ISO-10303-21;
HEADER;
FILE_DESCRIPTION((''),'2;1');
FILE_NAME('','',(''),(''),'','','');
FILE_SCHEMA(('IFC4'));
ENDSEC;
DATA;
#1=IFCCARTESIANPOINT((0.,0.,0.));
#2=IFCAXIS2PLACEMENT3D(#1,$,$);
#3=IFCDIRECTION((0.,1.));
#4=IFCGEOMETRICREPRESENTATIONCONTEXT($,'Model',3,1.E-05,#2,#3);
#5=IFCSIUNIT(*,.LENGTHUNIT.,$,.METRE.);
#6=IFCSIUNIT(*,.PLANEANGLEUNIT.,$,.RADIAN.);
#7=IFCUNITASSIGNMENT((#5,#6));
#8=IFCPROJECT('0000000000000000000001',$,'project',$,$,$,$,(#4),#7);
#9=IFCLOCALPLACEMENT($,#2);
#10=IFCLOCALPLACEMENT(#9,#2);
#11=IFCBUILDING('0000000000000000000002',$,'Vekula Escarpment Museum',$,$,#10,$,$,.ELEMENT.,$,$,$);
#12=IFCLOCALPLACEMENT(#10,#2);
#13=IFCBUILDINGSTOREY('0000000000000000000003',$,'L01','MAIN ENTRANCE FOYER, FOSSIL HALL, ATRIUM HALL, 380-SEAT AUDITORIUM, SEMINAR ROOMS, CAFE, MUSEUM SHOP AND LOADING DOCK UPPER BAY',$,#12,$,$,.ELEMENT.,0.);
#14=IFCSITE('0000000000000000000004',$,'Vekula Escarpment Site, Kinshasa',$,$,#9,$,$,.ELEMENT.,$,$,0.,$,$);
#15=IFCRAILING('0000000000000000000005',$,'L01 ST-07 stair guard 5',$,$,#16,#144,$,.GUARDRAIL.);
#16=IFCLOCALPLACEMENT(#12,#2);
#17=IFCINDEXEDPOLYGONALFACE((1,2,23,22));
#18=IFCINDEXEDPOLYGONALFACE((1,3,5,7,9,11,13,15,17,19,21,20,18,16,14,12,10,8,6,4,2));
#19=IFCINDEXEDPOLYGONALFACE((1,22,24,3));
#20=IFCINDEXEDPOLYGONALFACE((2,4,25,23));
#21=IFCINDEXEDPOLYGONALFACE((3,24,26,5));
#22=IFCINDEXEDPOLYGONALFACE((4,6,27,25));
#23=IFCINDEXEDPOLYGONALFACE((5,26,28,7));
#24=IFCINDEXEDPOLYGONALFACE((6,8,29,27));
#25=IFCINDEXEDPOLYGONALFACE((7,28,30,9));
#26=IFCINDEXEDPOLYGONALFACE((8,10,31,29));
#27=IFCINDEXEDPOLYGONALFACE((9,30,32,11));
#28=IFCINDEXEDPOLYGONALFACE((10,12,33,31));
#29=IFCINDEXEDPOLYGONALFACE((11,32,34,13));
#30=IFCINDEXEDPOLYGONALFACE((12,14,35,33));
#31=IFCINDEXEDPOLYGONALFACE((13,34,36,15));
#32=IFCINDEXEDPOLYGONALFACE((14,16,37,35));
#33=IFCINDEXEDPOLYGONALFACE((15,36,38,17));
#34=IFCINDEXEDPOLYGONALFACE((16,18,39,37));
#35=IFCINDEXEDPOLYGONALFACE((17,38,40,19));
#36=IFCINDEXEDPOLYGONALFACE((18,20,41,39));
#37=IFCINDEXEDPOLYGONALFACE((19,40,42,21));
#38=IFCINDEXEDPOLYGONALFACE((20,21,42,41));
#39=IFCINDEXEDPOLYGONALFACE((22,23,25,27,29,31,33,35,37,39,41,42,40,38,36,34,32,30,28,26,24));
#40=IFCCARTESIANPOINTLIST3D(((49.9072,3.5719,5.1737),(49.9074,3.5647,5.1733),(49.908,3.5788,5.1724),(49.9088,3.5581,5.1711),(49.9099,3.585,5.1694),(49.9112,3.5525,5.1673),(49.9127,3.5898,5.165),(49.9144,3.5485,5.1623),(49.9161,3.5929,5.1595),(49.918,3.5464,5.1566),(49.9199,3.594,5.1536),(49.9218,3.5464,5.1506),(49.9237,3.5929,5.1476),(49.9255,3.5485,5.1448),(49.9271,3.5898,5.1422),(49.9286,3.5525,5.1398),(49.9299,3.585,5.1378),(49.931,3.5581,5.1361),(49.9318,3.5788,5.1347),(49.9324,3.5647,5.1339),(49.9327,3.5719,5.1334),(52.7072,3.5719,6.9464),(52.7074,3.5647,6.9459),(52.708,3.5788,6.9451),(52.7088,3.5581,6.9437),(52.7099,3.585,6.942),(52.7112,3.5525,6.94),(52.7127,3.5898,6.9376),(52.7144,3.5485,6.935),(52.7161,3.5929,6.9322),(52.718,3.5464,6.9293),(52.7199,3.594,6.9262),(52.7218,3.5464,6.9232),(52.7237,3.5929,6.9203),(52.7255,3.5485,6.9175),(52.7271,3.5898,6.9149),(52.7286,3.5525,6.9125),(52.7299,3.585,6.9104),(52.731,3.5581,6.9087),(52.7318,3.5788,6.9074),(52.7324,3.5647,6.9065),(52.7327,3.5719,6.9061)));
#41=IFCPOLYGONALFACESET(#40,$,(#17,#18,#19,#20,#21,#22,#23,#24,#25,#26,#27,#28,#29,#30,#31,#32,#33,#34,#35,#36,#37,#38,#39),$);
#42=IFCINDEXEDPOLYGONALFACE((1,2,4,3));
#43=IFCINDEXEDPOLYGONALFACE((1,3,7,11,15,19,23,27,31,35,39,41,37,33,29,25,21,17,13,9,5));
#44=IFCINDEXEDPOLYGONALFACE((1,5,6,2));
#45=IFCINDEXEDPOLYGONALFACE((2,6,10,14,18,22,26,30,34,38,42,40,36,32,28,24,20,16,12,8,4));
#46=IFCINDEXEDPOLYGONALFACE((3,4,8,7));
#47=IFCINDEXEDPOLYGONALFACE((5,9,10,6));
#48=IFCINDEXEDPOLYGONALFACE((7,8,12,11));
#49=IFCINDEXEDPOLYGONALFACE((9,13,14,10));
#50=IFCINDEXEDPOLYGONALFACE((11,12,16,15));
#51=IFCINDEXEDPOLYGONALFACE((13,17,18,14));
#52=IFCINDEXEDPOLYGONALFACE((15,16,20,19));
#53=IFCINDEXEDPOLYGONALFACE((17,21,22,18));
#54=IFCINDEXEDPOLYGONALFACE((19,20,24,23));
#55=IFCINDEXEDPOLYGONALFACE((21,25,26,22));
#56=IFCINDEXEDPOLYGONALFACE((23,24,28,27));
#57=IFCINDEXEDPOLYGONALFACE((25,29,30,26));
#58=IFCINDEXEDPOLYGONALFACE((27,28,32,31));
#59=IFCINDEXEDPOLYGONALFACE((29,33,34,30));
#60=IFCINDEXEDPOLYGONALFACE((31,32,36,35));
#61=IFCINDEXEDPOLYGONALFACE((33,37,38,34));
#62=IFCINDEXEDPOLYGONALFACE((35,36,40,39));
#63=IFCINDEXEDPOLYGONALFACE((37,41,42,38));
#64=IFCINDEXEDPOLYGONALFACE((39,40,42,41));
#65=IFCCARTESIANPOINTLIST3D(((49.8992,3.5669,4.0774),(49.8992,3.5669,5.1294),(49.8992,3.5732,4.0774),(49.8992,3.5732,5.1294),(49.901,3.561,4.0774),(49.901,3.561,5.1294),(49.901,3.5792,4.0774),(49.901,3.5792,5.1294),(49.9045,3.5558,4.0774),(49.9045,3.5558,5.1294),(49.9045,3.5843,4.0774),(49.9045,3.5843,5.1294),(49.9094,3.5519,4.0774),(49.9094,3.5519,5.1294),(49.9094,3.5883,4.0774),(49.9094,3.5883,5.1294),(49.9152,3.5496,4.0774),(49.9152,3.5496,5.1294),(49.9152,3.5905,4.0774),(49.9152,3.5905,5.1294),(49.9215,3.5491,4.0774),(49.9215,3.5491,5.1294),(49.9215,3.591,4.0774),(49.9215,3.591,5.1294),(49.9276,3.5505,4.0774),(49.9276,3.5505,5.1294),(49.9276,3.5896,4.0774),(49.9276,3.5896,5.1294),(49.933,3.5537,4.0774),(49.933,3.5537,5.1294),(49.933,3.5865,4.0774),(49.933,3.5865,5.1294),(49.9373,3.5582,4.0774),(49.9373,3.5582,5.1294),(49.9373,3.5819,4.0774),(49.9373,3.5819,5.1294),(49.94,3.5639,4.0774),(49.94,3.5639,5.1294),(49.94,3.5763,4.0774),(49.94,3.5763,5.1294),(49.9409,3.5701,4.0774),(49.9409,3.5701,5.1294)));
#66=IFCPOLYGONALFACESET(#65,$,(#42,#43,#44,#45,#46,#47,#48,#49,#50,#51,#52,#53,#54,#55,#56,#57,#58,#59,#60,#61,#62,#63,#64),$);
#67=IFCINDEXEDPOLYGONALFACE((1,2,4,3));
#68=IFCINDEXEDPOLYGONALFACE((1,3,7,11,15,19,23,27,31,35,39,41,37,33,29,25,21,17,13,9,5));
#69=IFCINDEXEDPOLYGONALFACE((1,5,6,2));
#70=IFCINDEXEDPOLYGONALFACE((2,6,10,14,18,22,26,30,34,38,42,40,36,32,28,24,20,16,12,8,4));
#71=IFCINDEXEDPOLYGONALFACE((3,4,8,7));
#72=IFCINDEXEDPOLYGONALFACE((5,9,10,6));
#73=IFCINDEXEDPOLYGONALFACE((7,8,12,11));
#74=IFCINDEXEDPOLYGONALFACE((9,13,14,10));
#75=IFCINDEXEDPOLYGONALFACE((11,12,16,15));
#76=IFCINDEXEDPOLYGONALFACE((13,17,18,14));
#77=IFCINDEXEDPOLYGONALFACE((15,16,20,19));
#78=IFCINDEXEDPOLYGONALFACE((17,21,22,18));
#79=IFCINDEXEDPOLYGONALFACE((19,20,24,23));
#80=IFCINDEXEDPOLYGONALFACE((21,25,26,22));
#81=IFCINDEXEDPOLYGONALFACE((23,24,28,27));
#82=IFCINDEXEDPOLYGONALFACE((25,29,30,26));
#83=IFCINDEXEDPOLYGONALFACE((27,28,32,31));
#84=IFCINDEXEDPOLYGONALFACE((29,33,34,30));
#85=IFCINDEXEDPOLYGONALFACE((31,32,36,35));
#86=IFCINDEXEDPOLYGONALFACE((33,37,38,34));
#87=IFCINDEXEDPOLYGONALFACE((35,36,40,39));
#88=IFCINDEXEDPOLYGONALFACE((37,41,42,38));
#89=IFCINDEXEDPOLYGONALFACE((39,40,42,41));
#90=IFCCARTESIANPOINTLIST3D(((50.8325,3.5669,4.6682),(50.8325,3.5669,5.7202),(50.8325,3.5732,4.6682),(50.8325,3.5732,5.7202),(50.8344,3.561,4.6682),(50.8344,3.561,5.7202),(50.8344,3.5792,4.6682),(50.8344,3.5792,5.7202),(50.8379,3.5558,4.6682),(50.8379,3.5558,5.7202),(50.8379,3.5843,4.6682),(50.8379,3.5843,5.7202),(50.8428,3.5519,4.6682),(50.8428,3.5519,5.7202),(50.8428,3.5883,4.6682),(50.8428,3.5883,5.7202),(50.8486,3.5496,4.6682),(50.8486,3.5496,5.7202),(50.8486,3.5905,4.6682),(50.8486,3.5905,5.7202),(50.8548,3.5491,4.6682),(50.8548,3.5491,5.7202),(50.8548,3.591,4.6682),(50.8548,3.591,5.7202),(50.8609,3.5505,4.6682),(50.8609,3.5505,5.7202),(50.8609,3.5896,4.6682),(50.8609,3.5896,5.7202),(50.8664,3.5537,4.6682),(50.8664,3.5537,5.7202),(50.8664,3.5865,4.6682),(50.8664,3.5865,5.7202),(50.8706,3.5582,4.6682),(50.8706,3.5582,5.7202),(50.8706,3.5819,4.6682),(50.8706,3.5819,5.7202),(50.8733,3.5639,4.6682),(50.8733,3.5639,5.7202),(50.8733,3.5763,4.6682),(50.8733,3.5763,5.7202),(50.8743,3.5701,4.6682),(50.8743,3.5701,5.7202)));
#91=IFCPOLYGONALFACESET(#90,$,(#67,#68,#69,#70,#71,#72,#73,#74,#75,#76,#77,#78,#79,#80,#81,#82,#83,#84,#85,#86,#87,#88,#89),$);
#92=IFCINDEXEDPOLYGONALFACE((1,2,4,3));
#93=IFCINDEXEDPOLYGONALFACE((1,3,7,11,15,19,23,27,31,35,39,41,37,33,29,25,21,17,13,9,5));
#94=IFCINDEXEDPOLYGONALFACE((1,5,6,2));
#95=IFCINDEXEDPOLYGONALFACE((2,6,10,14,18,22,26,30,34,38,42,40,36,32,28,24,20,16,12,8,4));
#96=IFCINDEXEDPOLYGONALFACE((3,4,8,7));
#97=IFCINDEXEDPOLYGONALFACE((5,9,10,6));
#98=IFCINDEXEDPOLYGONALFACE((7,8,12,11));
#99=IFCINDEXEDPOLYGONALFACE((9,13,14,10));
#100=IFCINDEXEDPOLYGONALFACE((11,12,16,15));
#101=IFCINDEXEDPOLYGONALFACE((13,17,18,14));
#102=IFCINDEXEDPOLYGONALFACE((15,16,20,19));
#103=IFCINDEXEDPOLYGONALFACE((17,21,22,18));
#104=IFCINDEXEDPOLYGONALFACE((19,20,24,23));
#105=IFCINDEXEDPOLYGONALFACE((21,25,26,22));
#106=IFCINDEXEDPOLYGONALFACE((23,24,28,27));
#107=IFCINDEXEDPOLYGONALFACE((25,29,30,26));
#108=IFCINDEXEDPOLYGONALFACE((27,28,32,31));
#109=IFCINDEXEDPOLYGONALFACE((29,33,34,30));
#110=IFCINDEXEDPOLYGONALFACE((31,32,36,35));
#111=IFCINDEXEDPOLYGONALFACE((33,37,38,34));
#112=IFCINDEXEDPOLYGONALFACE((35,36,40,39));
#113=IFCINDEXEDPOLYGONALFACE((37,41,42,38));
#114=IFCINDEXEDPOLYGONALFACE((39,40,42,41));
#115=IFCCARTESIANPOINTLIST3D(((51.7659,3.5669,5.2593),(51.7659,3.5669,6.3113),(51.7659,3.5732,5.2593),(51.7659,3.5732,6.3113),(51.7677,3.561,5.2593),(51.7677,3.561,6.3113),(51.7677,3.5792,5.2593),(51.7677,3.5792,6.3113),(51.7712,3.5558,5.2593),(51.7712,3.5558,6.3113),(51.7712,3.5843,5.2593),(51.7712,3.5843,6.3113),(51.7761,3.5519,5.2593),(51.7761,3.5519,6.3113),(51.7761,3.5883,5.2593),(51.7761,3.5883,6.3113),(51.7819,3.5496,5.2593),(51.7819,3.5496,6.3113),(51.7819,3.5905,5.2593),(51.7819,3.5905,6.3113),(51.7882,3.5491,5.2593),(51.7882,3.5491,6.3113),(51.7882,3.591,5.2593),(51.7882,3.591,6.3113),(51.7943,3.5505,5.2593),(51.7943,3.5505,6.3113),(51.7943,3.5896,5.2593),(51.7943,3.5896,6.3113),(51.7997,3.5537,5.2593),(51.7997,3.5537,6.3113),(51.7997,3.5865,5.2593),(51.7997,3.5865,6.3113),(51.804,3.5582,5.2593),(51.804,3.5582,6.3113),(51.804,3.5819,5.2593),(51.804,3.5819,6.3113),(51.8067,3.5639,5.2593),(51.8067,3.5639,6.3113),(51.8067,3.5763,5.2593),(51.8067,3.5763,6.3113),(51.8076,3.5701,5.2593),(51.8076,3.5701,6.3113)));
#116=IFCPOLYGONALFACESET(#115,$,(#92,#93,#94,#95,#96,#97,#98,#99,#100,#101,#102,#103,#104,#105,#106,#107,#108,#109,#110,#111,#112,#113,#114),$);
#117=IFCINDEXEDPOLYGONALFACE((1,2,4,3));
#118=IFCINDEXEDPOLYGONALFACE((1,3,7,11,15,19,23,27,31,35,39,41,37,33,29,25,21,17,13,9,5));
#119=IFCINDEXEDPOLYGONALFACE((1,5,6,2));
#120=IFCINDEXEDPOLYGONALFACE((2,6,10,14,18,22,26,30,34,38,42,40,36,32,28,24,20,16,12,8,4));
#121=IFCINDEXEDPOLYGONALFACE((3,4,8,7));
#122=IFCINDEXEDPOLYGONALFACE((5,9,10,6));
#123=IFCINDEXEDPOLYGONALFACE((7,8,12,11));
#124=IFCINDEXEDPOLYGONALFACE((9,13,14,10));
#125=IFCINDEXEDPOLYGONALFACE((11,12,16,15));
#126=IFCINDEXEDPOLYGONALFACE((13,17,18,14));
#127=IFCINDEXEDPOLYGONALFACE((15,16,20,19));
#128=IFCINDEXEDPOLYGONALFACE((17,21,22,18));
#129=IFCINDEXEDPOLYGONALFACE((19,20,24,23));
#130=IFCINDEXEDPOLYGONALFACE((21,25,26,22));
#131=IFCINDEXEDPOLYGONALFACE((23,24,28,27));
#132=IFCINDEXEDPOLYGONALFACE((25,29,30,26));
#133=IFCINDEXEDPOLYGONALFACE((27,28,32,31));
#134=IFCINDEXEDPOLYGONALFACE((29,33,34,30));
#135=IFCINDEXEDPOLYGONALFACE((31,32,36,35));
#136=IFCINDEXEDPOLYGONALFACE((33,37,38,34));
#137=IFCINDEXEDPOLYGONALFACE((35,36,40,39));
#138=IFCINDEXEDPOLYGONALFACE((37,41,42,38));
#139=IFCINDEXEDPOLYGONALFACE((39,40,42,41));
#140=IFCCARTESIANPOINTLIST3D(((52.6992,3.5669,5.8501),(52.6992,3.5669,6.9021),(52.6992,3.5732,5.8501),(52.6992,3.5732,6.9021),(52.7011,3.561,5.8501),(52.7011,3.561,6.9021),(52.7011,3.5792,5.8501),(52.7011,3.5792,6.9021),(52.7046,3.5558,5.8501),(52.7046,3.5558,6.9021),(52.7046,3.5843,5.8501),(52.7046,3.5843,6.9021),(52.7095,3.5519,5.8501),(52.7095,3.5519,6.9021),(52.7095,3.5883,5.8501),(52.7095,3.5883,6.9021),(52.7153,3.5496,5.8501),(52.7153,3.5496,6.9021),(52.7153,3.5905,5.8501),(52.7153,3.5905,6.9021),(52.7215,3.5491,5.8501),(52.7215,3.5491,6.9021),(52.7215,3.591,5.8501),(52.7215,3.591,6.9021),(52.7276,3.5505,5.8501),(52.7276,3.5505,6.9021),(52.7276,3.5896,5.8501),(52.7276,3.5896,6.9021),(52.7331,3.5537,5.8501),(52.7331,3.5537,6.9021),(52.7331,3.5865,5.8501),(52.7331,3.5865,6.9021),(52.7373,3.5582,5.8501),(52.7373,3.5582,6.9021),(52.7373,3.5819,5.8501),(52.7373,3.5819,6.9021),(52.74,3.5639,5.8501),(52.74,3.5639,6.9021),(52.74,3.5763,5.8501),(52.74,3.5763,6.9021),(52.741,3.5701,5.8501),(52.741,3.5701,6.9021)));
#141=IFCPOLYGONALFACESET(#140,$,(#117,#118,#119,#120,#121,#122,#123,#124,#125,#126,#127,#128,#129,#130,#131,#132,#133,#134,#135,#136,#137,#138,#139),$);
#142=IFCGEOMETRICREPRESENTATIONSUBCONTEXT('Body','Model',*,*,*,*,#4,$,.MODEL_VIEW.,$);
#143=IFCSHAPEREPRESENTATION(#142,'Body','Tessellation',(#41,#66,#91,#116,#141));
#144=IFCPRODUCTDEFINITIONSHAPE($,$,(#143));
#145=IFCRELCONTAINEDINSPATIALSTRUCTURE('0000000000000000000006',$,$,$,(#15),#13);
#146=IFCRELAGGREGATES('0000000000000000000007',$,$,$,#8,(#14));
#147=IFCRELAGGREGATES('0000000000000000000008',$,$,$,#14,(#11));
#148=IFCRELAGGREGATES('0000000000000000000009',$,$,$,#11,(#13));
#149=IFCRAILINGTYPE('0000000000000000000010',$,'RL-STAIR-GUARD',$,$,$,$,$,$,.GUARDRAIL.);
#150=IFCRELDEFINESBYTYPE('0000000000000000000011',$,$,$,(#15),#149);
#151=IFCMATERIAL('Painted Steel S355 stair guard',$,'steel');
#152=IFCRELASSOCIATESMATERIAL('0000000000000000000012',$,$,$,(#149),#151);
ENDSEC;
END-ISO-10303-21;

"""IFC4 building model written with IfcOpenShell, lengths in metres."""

from ifc_helpers import new_model, si_unit, direction, frame, origin, origin_2d, place, context, subcontext, project, spatial, circle, extrude, material, type_object, element, save


model = new_model("IFC4")

# Units and contexts
model_context = context("Model", 3, precision=1e-05, world=origin(), true_north=direction((0.0, 1.0)))
body_context = subcontext(model_context, "Body", "Model", "MODEL_VIEW")
ifc_project = project(units=[si_unit("LENGTHUNIT", "METRE"), si_unit("PLANEANGLEUNIT", "RADIAN")], contexts=[model_context])

# Site, building, storey
site_placement = place(None, origin())
site = spatial("IfcSite", under=ifc_project, at=site_placement, Name="Vekula Escarpment Site, Kinshasa", CompositionType="ELEMENT", RefElevation=0.0)
building_placement = place(site_placement, origin())
building = spatial("IfcBuilding", under=site, at=building_placement, Name="Vekula Escarpment Museum", CompositionType="ELEMENT")
storey_placement = place(building_placement, origin())
storey = spatial("IfcBuildingStorey", under=building, at=storey_placement, Name="L01", Description="MAIN ENTRANCE FOYER, FOSSIL HALL, ATRIUM HALL, 380-SEAT AUDITORIUM, SEMINAR ROOMS, CAFE, MUSEUM SHOP AND LOADING DOCK UPPER BAY", CompositionType="ELEMENT", Elevation=0.0)

# Railing
ifc_material_1 = material(Name="Painted Steel S355 stair guard", Category="steel")
railing_type_1 = type_object("IfcRailingType", Name="RL-STAIR-GUARD", PredefinedType="GUARDRAIL", material=ifc_material_1)
railing_1_placement = place(storey_placement, frame((49.9199, 3.5701, 4.0774)))
element("IfcRailing", 1, at=railing_1_placement, inside=storey, type_object=railing_type_1, Name="L01 ST-07 stair guard 5", PredefinedType="GUARDRAIL", context=body_context, shape_type="SweptSolid", body=[
    extrude(circle(Radius=0.0239, at=origin_2d()), frame((0.0, 0.0, 1.0762), z_axis=(0.844909, 0.0, 0.53491), x_axis=(0.0, 1.0, 0.0)), (0.0, 0.0, 1.0), 3.314),
    extrude(circle(Radius=0.021, at=origin_2d()), origin(), (0.0, 0.0, 1.0), 1.052),
    extrude(circle(Radius=0.021, at=origin_2d()), frame((0.9333, 0.0, 0.5908)), (0.0, 0.0, 1.0), 1.052),
    extrude(circle(Radius=0.021, at=origin_2d()), frame((1.8667, 0.0, 1.1819)), (0.0, 0.0, 1.0), 1.052),
    extrude(circle(Radius=0.021, at=origin_2d()), frame((2.8, 0.0, 1.7727)), (0.0, 0.0, 1.0), 1.052),
])

save(model, "model.ifc")
